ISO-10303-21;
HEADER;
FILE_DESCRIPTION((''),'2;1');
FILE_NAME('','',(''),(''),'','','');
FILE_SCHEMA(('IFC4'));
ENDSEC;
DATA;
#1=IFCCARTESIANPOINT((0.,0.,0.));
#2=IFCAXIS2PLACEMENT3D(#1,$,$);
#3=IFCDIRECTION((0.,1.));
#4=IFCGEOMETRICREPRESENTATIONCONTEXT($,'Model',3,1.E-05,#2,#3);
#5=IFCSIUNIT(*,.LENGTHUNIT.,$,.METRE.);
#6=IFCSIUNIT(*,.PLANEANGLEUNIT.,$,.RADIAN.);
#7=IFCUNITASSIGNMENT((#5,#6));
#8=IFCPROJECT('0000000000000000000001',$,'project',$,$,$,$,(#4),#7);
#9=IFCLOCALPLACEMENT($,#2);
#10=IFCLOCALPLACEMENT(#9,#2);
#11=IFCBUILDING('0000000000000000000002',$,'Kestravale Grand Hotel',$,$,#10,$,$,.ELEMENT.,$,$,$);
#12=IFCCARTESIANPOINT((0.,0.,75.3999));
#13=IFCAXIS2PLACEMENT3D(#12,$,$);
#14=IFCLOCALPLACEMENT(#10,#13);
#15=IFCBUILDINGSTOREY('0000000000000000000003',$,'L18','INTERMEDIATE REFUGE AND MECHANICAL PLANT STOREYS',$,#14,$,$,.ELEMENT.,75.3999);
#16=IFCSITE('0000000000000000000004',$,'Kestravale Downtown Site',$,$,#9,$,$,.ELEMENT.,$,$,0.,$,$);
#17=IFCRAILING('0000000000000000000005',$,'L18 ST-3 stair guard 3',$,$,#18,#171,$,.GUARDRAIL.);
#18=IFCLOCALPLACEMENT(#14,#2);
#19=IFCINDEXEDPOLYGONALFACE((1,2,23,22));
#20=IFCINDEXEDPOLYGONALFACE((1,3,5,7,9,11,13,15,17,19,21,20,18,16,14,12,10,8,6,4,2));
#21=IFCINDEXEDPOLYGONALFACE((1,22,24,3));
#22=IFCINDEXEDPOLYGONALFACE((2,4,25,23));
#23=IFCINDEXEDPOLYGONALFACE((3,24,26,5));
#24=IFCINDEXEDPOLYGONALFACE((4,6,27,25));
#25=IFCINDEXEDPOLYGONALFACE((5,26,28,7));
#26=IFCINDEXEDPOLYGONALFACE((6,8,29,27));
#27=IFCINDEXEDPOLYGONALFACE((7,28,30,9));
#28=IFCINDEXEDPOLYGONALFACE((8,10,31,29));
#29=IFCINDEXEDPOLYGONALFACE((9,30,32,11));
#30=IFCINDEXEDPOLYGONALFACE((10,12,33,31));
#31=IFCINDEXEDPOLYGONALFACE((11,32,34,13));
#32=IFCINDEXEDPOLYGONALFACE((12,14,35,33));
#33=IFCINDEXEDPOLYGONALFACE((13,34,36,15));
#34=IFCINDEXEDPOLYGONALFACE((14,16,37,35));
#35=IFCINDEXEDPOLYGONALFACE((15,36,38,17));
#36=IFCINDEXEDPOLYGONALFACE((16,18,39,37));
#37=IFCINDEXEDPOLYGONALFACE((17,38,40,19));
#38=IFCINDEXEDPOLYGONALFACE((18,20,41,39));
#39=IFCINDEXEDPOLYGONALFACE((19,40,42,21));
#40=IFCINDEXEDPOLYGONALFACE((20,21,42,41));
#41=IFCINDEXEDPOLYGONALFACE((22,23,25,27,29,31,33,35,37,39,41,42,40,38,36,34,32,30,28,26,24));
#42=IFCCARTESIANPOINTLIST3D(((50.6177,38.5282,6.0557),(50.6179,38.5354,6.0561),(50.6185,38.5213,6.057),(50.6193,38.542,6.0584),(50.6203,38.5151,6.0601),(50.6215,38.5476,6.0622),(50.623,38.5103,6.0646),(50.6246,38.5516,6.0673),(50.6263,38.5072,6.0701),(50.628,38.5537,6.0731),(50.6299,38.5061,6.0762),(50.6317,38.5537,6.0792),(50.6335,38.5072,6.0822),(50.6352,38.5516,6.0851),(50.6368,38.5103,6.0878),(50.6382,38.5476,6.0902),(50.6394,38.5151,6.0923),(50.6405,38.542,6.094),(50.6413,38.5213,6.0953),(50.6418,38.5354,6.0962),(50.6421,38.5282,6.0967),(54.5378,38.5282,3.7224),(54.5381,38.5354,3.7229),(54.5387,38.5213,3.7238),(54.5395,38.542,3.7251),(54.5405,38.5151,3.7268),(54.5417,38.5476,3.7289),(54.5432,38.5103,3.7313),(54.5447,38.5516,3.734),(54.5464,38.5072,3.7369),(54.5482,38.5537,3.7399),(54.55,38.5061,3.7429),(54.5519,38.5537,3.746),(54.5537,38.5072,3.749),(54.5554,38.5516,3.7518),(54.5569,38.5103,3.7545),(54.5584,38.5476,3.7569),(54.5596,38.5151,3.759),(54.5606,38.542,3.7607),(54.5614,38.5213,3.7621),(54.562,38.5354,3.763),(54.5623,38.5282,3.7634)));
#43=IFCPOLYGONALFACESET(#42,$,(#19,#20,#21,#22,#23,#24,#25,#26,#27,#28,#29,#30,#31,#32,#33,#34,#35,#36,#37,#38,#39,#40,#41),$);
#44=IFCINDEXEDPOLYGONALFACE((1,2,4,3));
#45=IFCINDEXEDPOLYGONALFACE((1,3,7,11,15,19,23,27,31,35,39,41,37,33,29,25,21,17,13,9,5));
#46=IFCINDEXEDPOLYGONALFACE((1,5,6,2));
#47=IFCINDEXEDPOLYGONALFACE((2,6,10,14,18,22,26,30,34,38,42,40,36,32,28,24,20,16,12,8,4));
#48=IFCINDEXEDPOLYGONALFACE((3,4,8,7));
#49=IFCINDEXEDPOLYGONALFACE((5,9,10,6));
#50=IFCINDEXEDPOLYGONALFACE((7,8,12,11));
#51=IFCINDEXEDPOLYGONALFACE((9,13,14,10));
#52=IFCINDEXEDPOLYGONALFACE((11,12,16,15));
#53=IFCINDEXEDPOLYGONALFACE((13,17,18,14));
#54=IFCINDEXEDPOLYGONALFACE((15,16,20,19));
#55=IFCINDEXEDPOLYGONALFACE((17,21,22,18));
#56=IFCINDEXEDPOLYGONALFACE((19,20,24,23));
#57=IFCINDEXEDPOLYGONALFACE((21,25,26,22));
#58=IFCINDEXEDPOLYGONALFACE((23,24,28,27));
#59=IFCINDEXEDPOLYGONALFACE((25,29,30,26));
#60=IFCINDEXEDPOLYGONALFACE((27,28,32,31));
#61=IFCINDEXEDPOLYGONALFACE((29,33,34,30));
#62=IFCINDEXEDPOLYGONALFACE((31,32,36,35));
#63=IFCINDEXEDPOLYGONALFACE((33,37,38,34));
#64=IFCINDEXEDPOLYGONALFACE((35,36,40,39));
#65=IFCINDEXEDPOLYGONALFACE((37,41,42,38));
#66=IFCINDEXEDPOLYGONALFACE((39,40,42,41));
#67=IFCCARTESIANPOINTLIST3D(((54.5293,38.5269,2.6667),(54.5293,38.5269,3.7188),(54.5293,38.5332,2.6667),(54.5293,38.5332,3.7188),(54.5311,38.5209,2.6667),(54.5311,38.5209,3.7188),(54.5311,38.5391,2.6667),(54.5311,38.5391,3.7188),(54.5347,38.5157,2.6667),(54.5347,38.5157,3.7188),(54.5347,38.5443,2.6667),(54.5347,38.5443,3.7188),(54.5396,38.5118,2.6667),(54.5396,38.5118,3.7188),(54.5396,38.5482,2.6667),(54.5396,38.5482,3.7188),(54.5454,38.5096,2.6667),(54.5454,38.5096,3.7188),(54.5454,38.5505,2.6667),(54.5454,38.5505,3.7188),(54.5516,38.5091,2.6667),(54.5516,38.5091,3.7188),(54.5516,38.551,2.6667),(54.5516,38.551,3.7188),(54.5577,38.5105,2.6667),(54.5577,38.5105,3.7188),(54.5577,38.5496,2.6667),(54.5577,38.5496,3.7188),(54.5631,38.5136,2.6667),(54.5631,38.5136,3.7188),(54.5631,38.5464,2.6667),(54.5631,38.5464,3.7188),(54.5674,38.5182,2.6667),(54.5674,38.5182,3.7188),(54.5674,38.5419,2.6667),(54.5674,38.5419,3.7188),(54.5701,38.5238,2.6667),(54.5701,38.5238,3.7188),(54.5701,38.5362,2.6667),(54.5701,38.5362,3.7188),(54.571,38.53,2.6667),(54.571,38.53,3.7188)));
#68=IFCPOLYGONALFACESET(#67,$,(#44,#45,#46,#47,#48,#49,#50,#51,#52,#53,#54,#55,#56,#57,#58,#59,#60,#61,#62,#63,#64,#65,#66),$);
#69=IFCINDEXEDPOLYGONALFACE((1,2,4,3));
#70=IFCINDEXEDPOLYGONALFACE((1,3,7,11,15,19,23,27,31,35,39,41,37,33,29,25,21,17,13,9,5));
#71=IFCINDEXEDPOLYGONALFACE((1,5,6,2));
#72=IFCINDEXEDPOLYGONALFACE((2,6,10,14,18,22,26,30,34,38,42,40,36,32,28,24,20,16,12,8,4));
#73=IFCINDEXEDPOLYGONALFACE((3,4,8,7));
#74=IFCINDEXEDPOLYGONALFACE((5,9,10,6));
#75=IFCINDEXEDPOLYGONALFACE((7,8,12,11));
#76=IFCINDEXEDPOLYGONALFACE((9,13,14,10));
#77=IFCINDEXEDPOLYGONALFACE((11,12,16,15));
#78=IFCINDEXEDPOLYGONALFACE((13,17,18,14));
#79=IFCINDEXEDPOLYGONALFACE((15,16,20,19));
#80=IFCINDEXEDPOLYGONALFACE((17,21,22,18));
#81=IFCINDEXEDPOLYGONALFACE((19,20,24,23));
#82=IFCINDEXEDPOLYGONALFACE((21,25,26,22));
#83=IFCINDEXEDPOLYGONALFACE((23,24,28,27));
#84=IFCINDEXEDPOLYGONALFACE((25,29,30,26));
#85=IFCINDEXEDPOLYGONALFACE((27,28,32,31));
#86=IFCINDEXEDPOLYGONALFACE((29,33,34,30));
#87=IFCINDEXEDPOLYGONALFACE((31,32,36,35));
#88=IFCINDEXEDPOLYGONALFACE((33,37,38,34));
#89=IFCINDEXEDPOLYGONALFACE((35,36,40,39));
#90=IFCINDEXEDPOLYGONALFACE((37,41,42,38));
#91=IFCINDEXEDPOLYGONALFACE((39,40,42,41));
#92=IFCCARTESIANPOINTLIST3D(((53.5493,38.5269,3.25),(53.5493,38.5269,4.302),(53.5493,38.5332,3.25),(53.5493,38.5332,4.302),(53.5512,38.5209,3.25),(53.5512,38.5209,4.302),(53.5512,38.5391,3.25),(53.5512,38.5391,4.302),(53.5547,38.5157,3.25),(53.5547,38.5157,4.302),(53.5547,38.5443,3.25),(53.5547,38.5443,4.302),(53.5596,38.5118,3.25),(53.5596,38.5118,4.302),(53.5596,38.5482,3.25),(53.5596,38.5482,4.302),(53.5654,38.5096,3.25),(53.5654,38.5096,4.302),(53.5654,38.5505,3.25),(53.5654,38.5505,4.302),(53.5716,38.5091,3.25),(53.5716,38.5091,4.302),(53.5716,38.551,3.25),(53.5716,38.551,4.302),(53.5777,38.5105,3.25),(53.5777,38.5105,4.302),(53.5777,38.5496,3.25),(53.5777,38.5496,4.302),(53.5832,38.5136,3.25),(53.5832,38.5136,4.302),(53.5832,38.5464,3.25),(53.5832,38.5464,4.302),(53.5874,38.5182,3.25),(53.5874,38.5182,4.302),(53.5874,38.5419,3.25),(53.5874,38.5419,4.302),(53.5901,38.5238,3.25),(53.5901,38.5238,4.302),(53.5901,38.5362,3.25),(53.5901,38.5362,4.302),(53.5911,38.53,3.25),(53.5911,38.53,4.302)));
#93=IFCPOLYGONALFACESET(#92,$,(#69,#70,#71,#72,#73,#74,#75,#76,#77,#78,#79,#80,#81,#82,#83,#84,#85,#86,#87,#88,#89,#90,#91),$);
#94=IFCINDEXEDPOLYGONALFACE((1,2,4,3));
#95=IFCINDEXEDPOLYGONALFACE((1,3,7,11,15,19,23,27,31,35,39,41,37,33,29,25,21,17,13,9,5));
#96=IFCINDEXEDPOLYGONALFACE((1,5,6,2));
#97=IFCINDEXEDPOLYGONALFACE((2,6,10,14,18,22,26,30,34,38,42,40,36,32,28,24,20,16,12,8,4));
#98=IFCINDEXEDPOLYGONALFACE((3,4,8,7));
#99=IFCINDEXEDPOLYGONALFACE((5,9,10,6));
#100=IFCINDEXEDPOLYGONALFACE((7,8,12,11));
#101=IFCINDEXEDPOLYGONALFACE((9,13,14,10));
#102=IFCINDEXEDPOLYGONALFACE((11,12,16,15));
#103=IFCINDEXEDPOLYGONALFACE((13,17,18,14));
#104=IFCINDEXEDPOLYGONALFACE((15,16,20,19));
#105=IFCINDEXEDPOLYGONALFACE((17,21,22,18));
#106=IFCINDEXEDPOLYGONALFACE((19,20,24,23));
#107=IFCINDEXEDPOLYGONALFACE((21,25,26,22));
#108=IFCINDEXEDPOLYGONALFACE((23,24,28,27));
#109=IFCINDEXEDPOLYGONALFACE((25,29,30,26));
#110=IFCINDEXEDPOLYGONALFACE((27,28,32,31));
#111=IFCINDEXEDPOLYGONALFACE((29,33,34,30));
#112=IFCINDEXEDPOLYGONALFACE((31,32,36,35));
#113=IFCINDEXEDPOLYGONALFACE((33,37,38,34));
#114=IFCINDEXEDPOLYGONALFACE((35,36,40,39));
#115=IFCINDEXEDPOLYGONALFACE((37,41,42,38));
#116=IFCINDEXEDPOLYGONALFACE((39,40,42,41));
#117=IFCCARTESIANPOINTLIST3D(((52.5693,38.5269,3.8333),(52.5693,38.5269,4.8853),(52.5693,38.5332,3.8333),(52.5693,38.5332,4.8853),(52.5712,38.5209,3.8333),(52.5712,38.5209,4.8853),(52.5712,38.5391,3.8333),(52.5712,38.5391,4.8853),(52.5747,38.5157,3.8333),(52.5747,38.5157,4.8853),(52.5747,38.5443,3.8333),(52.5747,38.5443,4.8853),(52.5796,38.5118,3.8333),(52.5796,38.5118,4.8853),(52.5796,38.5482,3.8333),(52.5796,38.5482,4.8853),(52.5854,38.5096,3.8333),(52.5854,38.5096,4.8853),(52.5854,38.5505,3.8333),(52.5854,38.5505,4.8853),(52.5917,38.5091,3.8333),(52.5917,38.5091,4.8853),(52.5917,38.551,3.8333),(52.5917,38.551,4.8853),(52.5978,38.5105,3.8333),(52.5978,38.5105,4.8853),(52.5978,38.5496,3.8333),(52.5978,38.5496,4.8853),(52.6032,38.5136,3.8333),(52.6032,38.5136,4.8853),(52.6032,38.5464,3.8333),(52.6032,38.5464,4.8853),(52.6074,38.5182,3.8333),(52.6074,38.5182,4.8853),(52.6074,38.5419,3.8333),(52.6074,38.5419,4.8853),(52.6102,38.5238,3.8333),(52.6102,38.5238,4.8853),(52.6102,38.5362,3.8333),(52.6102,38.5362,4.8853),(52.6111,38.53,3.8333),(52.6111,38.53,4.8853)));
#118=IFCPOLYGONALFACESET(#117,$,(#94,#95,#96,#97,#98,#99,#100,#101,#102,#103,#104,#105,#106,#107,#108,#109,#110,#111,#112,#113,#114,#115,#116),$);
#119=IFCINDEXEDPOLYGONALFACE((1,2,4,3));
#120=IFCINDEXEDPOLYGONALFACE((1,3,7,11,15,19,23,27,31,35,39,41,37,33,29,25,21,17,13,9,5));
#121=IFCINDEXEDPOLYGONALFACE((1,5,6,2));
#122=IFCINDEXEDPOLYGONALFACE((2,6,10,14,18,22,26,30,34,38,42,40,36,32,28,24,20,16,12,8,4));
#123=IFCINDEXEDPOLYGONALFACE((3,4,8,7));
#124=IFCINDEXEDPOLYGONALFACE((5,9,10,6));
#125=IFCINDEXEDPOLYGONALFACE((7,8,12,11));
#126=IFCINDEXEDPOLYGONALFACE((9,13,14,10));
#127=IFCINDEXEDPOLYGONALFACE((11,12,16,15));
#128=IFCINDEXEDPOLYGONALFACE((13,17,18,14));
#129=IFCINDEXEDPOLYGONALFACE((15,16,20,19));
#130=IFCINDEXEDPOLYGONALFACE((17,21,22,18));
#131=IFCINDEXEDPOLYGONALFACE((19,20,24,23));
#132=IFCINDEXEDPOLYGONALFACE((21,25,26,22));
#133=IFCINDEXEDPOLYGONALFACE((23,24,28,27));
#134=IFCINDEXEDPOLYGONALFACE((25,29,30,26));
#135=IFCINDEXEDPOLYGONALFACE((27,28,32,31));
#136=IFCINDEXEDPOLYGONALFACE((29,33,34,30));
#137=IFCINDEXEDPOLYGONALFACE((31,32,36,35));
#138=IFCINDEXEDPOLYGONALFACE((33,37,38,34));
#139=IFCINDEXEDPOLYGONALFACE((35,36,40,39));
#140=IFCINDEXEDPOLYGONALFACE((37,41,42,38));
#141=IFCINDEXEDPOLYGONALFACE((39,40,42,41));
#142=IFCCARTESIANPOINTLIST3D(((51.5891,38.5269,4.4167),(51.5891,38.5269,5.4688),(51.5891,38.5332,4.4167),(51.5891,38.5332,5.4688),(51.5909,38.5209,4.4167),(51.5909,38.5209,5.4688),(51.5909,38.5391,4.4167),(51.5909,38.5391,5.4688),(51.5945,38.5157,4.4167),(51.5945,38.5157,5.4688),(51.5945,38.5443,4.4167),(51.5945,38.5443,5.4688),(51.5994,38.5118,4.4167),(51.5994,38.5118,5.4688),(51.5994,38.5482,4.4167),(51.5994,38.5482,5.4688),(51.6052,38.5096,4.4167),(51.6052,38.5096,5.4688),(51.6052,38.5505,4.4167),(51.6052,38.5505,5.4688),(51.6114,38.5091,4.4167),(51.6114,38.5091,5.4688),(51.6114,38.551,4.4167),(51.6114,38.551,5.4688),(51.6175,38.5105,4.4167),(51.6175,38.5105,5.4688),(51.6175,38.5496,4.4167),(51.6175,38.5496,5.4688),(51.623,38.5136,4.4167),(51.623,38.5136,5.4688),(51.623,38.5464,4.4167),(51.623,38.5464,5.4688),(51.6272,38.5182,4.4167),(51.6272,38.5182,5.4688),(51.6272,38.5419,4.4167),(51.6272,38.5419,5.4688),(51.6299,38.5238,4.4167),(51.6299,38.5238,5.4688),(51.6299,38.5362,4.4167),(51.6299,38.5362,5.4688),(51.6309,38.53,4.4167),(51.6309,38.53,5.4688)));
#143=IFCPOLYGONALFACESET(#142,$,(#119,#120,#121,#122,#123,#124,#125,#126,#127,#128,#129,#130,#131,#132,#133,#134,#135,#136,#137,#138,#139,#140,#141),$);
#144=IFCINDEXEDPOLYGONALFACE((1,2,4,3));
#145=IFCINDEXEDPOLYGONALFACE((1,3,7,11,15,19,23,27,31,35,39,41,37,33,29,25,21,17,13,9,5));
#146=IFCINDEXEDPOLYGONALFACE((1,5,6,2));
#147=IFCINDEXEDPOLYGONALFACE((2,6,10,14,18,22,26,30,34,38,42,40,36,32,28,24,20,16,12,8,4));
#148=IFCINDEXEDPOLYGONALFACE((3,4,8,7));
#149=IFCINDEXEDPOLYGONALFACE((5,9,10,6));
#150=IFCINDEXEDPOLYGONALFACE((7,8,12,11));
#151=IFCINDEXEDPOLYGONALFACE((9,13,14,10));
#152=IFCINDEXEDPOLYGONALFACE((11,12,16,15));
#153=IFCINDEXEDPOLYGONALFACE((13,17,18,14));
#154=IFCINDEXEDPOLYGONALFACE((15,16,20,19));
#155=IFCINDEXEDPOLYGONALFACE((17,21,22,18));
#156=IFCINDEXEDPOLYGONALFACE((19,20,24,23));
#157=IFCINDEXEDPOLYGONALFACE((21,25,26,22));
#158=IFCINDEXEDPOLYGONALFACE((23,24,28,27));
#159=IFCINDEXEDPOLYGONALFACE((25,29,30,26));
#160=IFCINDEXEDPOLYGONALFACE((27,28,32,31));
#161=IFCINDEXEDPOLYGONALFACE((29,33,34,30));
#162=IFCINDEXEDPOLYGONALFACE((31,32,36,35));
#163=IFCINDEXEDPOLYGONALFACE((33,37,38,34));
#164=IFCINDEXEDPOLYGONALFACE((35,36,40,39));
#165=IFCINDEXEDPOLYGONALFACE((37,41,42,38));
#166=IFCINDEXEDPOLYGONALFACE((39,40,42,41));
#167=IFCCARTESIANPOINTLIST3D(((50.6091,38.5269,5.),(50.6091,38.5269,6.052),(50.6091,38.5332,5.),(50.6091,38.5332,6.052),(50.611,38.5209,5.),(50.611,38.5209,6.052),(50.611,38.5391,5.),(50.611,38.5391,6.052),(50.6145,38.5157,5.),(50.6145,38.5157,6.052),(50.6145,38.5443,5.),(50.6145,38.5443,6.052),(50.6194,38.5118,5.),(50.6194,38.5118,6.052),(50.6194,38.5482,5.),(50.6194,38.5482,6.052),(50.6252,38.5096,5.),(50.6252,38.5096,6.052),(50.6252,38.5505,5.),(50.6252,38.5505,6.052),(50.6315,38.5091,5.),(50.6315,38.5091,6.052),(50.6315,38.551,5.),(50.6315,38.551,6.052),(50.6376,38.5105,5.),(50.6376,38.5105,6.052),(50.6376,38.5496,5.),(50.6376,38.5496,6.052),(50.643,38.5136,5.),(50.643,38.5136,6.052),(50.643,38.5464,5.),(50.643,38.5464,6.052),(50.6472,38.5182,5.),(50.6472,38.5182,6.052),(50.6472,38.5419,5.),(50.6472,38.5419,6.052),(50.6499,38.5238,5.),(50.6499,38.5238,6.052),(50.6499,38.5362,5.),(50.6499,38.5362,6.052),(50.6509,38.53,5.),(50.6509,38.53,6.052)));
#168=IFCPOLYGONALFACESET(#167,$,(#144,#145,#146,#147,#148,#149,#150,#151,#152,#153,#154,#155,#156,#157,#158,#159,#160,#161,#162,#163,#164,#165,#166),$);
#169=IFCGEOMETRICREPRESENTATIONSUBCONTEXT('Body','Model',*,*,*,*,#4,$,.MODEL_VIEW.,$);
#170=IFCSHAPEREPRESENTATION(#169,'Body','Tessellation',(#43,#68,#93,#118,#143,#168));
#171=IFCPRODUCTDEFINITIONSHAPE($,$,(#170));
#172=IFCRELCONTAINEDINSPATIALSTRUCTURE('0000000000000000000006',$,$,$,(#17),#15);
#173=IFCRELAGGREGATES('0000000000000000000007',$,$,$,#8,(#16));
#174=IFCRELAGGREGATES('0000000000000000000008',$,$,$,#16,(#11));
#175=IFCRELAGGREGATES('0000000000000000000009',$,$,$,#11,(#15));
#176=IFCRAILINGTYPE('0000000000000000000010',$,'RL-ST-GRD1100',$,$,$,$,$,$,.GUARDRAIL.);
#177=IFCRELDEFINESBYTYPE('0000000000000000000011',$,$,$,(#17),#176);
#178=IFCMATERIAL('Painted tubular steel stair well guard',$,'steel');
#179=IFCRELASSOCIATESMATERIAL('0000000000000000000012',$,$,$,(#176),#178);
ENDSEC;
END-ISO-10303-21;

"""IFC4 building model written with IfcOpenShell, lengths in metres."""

from ifc_helpers import new_model, si_unit, direction, frame, origin, origin_2d, place, context, subcontext, project, spatial, circle, extrude, material, type_object, element, save


model = new_model("IFC4")

# Units and contexts
model_context = context("Model", 3, precision=1e-05, world=origin(), true_north=direction((0.0, 1.0)))
body_context = subcontext(model_context, "Body", "Model", "MODEL_VIEW")
ifc_project = project(units=[si_unit("LENGTHUNIT", "METRE"), si_unit("PLANEANGLEUNIT", "RADIAN")], contexts=[model_context])

# Site, building, storey
site_placement = place(None, origin())
site = spatial("IfcSite", under=ifc_project, at=site_placement, Name="Kestravale Downtown Site", CompositionType="ELEMENT", RefElevation=0.0)
building_placement = place(site_placement, origin())
building = spatial("IfcBuilding", under=site, at=building_placement, Name="Kestravale Grand Hotel", CompositionType="ELEMENT")
storey_placement = place(building_placement, frame((0.0, 0.0, 75.3999)))
storey = spatial("IfcBuildingStorey", under=building, at=storey_placement, Name="L18", Description="INTERMEDIATE REFUGE AND MECHANICAL PLANT STOREYS", CompositionType="ELEMENT", Elevation=75.3999)

# Railing
ifc_material_1 = material(Name="Painted tubular steel stair well guard", Category="steel")
railing_type_1 = type_object("IfcRailingType", Name="RL-ST-GRD1100", PredefinedType="GUARDRAIL", material=ifc_material_1)
railing_1_placement = place(storey_placement, frame((54.55, 38.53, 2.6667)))
element("IfcRailing", 1, at=railing_1_placement, inside=storey, type_object=railing_type_1, Name="L18 ST-3 stair guard 3", PredefinedType="GUARDRAIL", context=body_context, shape_type="SweptSolid", body=[
    extrude(circle(Radius=0.0239, at=origin_2d()), frame((0.0, 0.0, 1.0762), z_axis=(-0.85931, 0.0, 0.511455), x_axis=(0.0, -1.0, 0.0)), (0.0, 0.0, 1.0), 4.562),
    extrude(circle(Radius=0.021, at=origin_2d()), origin(), (0.0, 0.0, 1.0), 1.052),
    extrude(circle(Radius=0.021, at=origin_2d()), frame((-0.98, 0.0, 0.5833)), (0.0, 0.0, 1.0), 1.052),
    extrude(circle(Radius=0.021, at=origin_2d()), frame((-1.96, 0.0, 1.1665)), (0.0, 0.0, 1.0), 1.052),
    extrude(circle(Radius=0.021, at=origin_2d()), frame((-2.9402, 0.0, 1.75)), (0.0, 0.0, 1.0), 1.052),
    extrude(circle(Radius=0.021, at=origin_2d()), frame((-3.9202, 0.0, 2.3333)), (0.0, 0.0, 1.0), 1.052),
])

save(model, "model.ifc")
